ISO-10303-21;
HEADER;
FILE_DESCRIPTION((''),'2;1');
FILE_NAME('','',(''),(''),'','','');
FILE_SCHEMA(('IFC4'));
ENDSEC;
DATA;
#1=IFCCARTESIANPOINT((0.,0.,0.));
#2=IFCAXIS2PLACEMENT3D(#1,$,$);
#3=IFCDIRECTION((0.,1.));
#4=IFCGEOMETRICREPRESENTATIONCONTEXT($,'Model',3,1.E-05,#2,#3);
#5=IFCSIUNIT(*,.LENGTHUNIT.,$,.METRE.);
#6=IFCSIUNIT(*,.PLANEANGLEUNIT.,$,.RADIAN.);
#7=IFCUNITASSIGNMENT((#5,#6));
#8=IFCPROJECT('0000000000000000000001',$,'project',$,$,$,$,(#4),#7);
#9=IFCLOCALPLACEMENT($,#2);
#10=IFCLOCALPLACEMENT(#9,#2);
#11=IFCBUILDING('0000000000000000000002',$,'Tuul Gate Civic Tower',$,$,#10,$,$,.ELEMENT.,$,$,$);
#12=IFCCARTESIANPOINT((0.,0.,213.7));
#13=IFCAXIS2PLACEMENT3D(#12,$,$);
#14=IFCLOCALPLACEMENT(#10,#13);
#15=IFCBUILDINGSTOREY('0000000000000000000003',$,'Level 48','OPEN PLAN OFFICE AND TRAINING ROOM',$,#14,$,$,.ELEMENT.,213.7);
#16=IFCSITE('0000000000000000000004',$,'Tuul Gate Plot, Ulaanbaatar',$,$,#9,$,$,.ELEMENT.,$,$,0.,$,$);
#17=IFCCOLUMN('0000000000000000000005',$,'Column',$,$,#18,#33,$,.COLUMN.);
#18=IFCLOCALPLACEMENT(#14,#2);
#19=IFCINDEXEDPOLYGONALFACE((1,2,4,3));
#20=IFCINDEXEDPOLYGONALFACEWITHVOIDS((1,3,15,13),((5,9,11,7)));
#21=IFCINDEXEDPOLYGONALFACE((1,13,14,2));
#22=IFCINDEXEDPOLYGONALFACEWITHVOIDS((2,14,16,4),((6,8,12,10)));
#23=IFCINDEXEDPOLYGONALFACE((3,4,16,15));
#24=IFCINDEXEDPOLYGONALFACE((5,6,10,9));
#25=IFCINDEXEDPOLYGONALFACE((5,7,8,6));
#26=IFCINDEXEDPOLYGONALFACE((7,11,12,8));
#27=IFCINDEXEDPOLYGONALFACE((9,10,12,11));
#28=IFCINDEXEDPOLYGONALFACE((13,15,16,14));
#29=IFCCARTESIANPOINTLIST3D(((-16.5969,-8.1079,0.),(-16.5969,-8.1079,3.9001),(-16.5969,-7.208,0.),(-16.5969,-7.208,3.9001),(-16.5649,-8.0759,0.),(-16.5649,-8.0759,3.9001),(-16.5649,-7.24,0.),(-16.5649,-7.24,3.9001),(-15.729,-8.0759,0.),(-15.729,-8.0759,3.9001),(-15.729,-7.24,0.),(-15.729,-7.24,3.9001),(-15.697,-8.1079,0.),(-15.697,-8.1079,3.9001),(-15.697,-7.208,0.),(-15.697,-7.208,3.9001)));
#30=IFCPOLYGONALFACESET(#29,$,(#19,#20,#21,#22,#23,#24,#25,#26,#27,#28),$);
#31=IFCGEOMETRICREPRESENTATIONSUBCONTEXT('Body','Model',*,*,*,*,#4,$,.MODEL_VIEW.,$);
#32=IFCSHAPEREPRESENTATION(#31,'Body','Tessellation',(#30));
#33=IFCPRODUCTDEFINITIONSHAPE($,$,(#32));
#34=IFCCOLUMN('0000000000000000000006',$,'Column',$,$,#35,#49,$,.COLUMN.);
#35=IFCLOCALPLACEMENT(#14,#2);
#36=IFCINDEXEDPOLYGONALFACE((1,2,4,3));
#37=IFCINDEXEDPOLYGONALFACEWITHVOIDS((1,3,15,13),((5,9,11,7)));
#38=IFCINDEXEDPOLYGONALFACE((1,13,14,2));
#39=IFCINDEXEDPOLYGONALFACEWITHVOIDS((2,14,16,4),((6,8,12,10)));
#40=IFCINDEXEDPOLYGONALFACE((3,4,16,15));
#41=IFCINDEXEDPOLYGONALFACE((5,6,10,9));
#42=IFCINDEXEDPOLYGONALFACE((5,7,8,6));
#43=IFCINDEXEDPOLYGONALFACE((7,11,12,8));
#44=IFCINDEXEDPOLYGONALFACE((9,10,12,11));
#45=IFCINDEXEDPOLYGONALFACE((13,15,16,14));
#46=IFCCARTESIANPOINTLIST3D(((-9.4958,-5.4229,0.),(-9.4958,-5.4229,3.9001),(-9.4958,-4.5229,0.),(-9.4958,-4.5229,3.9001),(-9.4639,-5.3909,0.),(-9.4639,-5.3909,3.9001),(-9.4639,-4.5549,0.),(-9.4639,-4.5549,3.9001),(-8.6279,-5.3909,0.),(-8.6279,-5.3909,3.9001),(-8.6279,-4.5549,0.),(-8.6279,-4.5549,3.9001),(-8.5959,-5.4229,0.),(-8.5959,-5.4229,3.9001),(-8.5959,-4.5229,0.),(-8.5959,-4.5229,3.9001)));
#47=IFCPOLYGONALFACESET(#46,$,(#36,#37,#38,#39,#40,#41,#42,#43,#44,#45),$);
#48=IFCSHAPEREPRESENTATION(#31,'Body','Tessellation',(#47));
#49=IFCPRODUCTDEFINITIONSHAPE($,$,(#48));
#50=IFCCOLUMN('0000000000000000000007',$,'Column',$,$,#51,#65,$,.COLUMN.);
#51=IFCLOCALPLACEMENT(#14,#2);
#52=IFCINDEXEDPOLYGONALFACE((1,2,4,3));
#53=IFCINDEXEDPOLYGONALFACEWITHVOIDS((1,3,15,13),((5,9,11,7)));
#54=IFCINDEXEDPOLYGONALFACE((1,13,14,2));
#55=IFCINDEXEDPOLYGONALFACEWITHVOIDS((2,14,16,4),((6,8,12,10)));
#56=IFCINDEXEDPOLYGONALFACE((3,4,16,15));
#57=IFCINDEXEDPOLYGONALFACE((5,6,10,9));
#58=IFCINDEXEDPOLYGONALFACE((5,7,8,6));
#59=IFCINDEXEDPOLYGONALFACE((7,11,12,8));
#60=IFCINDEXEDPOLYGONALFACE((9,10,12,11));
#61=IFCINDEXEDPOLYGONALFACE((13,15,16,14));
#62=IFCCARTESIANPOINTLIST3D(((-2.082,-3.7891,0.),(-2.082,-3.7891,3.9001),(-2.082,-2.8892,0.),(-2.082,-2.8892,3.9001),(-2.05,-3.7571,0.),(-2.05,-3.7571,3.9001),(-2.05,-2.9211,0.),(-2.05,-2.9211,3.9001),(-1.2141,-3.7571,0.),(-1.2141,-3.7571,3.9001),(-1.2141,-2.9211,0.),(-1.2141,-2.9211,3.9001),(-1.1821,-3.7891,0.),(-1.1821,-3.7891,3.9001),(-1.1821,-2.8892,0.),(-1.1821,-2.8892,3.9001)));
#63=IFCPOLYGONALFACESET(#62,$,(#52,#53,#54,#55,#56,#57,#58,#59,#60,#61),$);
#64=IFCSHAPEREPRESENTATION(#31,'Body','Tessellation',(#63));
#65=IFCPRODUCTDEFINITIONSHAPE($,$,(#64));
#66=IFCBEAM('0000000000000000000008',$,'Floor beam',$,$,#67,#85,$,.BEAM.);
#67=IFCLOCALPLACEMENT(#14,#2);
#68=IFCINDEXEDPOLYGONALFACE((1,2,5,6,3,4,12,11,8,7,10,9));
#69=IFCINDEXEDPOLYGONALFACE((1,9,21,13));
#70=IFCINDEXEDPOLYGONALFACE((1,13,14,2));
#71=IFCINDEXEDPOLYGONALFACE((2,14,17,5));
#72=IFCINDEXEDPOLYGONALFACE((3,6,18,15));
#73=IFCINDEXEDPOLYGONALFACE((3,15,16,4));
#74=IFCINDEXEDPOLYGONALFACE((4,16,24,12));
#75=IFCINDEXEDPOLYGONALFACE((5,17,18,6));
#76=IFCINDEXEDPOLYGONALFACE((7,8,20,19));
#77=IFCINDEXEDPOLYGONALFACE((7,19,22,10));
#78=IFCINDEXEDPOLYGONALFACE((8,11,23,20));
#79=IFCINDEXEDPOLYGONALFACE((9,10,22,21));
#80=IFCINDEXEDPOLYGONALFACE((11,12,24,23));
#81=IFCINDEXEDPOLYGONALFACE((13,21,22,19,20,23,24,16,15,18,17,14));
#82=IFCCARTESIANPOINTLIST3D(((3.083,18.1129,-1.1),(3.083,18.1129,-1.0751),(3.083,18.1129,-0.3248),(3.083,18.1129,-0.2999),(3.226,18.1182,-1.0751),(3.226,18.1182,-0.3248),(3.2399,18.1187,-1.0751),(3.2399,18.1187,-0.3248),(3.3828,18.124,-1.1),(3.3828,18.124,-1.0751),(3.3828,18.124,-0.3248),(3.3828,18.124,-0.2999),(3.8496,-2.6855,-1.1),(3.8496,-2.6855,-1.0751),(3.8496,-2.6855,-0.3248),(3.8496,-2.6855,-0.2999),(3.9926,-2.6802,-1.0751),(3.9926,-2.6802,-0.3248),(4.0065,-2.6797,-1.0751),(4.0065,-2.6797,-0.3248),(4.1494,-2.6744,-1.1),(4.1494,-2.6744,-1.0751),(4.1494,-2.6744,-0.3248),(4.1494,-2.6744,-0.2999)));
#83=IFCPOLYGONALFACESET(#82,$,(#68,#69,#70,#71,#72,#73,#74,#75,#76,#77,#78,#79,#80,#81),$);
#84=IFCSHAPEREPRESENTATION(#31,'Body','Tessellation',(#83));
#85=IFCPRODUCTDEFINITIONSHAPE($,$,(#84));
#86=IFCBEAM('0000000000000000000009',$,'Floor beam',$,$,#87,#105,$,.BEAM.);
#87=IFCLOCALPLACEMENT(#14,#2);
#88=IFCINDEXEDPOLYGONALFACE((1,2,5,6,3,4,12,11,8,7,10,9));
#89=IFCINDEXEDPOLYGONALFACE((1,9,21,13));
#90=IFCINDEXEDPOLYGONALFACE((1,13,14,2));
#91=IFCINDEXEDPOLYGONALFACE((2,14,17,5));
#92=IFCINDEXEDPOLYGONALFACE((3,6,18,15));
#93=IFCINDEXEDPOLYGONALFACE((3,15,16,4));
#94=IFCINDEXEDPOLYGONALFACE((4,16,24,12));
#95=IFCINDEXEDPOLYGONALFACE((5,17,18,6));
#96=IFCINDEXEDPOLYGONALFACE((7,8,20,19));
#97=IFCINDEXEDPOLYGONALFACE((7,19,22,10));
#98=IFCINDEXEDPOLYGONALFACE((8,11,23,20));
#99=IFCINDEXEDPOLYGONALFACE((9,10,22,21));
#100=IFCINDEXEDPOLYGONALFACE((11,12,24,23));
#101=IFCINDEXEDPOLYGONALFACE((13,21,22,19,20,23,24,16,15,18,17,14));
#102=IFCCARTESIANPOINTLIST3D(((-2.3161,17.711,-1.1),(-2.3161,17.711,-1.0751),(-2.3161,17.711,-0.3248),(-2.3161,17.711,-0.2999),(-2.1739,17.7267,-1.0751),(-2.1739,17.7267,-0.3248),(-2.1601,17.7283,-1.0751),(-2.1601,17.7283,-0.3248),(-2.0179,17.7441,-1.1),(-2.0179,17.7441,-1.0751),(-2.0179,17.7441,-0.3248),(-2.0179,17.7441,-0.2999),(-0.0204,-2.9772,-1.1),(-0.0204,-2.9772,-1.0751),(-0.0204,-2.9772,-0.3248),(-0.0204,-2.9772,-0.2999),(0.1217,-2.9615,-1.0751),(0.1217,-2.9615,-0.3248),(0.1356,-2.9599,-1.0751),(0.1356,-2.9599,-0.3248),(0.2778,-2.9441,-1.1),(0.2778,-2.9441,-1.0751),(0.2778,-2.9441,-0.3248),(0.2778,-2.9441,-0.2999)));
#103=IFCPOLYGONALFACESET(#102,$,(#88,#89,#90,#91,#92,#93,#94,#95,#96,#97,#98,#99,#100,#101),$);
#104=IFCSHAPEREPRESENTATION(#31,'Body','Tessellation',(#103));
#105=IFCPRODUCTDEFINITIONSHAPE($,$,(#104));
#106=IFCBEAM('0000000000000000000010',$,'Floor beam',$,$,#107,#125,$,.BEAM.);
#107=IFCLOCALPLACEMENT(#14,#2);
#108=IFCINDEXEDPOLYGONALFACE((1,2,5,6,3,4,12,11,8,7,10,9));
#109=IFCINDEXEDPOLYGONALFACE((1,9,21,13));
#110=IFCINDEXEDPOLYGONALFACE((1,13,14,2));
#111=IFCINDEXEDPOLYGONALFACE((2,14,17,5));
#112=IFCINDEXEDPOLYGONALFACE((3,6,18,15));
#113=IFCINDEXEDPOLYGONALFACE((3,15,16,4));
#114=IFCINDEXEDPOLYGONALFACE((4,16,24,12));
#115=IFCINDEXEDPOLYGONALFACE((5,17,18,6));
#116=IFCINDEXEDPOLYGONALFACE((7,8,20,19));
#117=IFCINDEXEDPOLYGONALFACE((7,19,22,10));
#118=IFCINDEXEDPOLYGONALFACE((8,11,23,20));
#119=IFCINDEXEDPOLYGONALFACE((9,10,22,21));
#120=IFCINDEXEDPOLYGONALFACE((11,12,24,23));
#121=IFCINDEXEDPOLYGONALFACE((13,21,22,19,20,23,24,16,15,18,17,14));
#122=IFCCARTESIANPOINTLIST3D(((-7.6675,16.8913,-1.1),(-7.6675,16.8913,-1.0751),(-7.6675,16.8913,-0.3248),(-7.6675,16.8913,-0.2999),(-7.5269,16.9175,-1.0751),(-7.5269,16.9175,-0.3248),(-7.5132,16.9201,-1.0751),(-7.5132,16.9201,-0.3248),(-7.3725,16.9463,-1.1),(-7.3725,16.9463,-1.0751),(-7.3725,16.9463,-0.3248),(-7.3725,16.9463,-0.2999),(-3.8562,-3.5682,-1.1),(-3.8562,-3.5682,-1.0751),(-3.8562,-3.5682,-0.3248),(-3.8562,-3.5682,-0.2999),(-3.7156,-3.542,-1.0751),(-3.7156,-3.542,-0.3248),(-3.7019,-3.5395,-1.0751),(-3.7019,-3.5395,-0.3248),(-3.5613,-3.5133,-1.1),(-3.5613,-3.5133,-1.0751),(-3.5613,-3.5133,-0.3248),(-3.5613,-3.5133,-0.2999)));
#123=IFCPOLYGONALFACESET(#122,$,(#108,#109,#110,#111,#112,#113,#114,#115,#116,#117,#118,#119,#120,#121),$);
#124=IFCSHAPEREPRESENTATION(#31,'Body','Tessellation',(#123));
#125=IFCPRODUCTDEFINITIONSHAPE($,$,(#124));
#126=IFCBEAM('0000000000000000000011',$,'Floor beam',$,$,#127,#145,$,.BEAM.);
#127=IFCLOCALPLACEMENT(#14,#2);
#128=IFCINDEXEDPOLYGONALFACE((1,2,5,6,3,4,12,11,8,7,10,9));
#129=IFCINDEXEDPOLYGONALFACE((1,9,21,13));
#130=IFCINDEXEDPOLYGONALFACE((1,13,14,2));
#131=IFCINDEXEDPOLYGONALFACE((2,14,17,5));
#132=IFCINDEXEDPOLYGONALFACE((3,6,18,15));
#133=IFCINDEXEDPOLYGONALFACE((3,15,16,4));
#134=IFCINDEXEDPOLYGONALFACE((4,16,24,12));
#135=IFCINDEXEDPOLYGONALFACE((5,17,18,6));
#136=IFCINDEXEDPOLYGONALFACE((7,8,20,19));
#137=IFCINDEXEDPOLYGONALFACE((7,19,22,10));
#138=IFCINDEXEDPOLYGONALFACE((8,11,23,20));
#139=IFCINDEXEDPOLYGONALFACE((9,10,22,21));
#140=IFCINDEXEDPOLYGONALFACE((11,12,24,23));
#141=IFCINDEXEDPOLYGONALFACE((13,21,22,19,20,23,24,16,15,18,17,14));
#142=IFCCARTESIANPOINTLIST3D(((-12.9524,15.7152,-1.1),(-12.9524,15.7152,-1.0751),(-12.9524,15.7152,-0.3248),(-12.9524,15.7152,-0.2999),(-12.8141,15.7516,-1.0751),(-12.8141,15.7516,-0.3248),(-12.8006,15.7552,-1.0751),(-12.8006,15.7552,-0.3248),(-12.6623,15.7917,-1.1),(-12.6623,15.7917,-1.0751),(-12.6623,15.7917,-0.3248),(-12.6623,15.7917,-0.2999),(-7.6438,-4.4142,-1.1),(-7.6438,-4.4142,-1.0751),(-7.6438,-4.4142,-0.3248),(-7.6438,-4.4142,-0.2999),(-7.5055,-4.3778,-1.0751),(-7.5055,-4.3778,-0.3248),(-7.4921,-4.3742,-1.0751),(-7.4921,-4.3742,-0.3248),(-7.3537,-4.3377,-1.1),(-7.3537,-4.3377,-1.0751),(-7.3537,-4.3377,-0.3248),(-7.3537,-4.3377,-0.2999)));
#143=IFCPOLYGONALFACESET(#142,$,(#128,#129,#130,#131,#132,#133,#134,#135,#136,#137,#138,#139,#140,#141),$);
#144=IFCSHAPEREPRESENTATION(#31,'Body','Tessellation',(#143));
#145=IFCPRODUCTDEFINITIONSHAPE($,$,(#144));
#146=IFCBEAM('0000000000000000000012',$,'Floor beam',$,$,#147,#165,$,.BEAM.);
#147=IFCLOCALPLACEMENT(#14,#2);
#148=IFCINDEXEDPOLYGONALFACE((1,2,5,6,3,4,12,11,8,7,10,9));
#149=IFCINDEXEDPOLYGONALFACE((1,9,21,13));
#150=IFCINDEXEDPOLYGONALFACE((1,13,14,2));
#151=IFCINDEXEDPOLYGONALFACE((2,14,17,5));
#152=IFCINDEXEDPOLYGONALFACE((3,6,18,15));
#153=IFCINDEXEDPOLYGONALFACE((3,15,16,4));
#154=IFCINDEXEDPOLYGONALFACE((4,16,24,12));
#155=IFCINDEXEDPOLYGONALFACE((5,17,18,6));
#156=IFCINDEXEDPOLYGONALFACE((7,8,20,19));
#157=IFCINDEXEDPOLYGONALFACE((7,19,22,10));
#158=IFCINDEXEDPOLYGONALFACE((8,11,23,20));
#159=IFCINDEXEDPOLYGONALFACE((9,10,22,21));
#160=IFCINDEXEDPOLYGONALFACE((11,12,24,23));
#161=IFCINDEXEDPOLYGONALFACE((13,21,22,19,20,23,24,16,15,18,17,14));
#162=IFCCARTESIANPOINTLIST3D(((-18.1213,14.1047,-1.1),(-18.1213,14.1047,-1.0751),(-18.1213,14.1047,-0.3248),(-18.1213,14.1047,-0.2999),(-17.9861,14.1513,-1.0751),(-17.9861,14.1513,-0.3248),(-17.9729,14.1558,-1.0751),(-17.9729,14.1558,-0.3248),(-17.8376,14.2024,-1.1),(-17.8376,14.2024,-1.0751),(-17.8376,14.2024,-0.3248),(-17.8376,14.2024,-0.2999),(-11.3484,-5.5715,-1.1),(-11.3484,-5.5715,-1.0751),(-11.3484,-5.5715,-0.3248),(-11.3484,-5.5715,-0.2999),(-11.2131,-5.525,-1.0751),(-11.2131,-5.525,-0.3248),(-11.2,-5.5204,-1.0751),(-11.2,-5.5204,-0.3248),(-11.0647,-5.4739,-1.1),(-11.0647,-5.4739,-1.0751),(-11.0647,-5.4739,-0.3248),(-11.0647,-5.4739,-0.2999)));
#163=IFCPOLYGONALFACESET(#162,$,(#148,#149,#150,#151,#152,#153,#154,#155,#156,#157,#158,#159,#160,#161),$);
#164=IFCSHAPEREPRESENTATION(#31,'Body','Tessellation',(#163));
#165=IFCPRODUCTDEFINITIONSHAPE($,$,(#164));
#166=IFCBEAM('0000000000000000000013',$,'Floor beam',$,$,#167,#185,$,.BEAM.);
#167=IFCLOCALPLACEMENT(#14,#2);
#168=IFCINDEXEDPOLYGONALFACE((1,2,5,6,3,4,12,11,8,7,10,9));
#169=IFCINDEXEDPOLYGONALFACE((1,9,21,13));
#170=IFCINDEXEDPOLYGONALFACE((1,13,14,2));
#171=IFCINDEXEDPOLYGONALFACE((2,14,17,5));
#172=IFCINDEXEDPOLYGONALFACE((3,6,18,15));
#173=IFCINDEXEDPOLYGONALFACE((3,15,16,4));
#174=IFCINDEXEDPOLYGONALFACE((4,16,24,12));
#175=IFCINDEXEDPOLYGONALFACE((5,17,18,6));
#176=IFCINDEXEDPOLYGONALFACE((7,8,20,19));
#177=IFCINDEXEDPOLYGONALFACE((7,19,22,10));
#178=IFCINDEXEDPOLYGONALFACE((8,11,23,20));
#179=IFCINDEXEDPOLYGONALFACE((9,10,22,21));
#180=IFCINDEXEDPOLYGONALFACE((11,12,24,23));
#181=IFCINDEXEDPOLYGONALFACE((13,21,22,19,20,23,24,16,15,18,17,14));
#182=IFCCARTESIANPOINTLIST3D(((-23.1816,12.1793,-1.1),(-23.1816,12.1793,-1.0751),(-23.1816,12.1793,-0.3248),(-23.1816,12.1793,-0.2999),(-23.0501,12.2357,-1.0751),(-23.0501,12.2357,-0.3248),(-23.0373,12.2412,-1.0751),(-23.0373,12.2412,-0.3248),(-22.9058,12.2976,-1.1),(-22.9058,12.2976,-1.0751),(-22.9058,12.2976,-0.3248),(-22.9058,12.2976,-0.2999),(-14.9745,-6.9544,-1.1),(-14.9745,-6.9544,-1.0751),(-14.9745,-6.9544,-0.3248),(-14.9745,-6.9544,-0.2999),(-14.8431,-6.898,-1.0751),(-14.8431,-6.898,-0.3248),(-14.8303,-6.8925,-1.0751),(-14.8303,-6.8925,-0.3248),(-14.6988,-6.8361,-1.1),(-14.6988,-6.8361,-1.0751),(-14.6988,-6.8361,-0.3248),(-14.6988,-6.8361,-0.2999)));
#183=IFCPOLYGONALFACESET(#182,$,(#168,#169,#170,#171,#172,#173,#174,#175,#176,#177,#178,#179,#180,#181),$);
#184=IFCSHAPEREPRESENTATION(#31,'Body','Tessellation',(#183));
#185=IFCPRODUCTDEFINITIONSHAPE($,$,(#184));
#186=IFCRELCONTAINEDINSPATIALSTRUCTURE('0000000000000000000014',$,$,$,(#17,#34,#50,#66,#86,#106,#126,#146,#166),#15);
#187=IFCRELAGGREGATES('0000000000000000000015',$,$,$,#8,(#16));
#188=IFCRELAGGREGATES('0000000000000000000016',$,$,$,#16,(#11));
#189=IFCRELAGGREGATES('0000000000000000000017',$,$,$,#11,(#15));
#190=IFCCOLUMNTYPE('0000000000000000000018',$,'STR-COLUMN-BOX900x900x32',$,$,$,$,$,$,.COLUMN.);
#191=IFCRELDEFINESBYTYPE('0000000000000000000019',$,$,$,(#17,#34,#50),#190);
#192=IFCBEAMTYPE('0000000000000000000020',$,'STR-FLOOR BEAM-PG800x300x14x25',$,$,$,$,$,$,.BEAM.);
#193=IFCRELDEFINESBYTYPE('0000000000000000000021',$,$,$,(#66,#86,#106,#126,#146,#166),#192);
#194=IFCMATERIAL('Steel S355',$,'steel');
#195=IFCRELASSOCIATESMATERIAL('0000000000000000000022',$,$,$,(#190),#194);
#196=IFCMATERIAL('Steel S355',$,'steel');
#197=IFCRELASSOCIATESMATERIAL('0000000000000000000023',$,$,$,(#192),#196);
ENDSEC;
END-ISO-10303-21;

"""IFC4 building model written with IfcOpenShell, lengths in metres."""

from ifc_helpers import new_model, si_unit, direction, frame, origin, origin_2d, place, context, subcontext, project, spatial, hollow_rectangle, i_section, extrude, material, material_profile, profile_set, type_object, element, save


model = new_model("IFC4")

# Units and contexts
model_context = context("Model", 3, precision=1e-05, world=origin(), true_north=direction((0.0, 1.0)))
body_context = subcontext(model_context, "Body", "Model", "MODEL_VIEW")
ifc_project = project(units=[si_unit("LENGTHUNIT", "METRE"), si_unit("PLANEANGLEUNIT", "RADIAN")], contexts=[model_context])

# Site, building, storey
site_placement = place(None, origin())
site = spatial("IfcSite", under=ifc_project, at=site_placement, Name="Tuul Gate Plot, Ulaanbaatar", CompositionType="ELEMENT", RefElevation=0.0)
building_placement = place(site_placement, origin())
building = spatial("IfcBuilding", under=site, at=building_placement, Name="Tuul Gate Civic Tower", CompositionType="ELEMENT")
storey_placement = place(building_placement, frame((0.0, 0.0, 213.7)))
storey = spatial("IfcBuildingStorey", under=building, at=storey_placement, Name="Level 48", Description="OPEN PLAN OFFICE AND TRAINING ROOM", CompositionType="ELEMENT", Elevation=213.7)

# Columns
ifc_material_1 = material(Name="Steel S355", Category="steel")
ifc_material_profile_1 = material_profile(ifc_material_1, hollow_rectangle(XDim=0.8999, YDim=0.8999, WallThickness=0.032, at=origin_2d()), Name="BOX900x900x32")
ifc_profile_set_1 = profile_set([ifc_material_profile_1], Name="Steel S355")
column_type = type_object("IfcColumnType", Name="STR-COLUMN-BOX900x900x32", PredefinedType="COLUMN", material=ifc_profile_set_1)
for number, where, z_axis, x_axis, name in (
    (1, (-16.147, -7.658, 0.0), (0.0, 0.0, 1.0), (1.0, 0.0, 0.0), "Column"),
    (2, (-9.0459, -4.9729, 0.0), (0.0, 0.0, 1.0), (1.0, 0.0, 0.0), "Column"),
    (3, (-1.6321, -3.3391, 0.0), (0.0, 0.0, 1.0), (1.0, 0.0, 0.0), "Column"),
):
    element("IfcColumn", number, at=place(storey_placement, frame(where, z_axis=z_axis, x_axis=x_axis)), inside=storey, type_object=column_type, Name=name, PredefinedType="COLUMN", context=body_context, shape_type="SweptSolid", body=[
        extrude(hollow_rectangle(XDim=0.8999, YDim=0.8999, WallThickness=0.032, at=origin_2d()), origin(), (0.0, 0.0, 1.0), 3.9001),
    ])

# Beams
ifc_material_2 = material(Name="Steel S355", Category="steel")
ifc_material_profile_2 = material_profile(ifc_material_2, i_section(OverallWidth=0.3, OverallDepth=0.8, WebThickness=0.0139, FlangeThickness=0.0249, at=origin_2d()), Name="PG800x300x14x25")
ifc_profile_set_2 = profile_set([ifc_material_profile_2], Name="Steel S355")
beam_type_1 = type_object("IfcBeamType", Name="STR-FLOOR BEAM-PG800x300x14x25", PredefinedType="BEAM", material=ifc_profile_set_2)
beam_1_placement = place(storey_placement, frame((3.9995, -2.6799, -0.7), z_axis=(-0.036834, 0.999321, 0.0), x_axis=(-0.999321, -0.036834, 0.0)))
element("IfcBeam", 4, at=beam_1_placement, inside=storey, type_object=beam_type_1, Name="Floor beam", PredefinedType="BEAM", context=body_context, shape_type="SweptSolid", body=[
    extrude(i_section(OverallWidth=0.3, OverallDepth=0.8, WebThickness=0.0139, FlangeThickness=0.0249, at=origin_2d()), origin(), (0.0, 0.0, 1.0), 20.8125),
])
beam_2_placement = place(storey_placement, frame((0.1287, -2.9607, -0.7), z_axis=(-0.110287, 0.9939, 0.0), x_axis=(-0.9939, -0.110287, 0.0)))
element("IfcBeam", 5, at=beam_2_placement, inside=storey, type_object=beam_type_1, Name="Floor beam", PredefinedType="BEAM", context=body_context, shape_type="SweptSolid", body=[
    extrude(i_section(OverallWidth=0.3, OverallDepth=0.8, WebThickness=0.0139, FlangeThickness=0.0249, at=origin_2d()), origin(), (0.0, 0.0, 1.0), 20.8152),
])
beam_3_placement = place(storey_placement, frame((-3.7087, -3.5408, -0.7), z_axis=(-0.183134, 0.983088, 0.0), x_axis=(-0.983088, -0.183134, 0.0)))
element("IfcBeam", 6, at=beam_3_placement, inside=storey, type_object=beam_type_1, Name="Floor beam", PredefinedType="BEAM", context=body_context, shape_type="SweptSolid", body=[
    extrude(i_section(OverallWidth=0.3, OverallDepth=0.8, WebThickness=0.0139, FlangeThickness=0.0249, at=origin_2d()), origin(), (0.0, 0.0, 1.0), 20.8115),
])
beam_4_placement = place(storey_placement, frame((-7.4988, -4.376, -0.7), z_axis=(-0.255005, 0.96694, 0.0), x_axis=(-0.96694, -0.255005, 0.0)))
element("IfcBeam", 7, at=beam_4_placement, inside=storey, type_object=beam_type_1, Name="Floor beam", PredefinedType="BEAM", context=body_context, shape_type="SweptSolid", body=[
    extrude(i_section(OverallWidth=0.3, OverallDepth=0.8, WebThickness=0.0139, FlangeThickness=0.0249, at=origin_2d()), origin(), (0.0, 0.0, 1.0), 20.8176),
])
beam_5_placement = place(storey_placement, frame((-11.2065, -5.5227, -0.7), z_axis=(-0.325476, 0.94555, 0.0), x_axis=(-0.94555, -0.325476, 0.0)))
element("IfcBeam", 8, at=beam_5_placement, inside=storey, type_object=beam_type_1, Name="Floor beam", PredefinedType="BEAM", context=body_context, shape_type="SweptSolid", body=[
    extrude(i_section(OverallWidth=0.3, OverallDepth=0.8, WebThickness=0.0139, FlangeThickness=0.0249, at=origin_2d()), origin(), (0.0, 0.0, 1.0), 20.8093),
])
beam_6_placement = place(storey_placement, frame((-14.8367, -6.8953, -0.7), z_axis=(-0.394197, 0.919026, 0.0), x_axis=(-0.919026, -0.394197, 0.0)))
element("IfcBeam", 9, at=beam_6_placement, inside=storey, type_object=beam_type_1, Name="Floor beam", PredefinedType="BEAM", context=body_context, shape_type="SweptSolid", body=[
    extrude(i_section(OverallWidth=0.3, OverallDepth=0.8, WebThickness=0.0139, FlangeThickness=0.0249, at=origin_2d()), origin(), (0.0, 0.0, 1.0), 20.8196),
])

save(model, "model.ifc")
